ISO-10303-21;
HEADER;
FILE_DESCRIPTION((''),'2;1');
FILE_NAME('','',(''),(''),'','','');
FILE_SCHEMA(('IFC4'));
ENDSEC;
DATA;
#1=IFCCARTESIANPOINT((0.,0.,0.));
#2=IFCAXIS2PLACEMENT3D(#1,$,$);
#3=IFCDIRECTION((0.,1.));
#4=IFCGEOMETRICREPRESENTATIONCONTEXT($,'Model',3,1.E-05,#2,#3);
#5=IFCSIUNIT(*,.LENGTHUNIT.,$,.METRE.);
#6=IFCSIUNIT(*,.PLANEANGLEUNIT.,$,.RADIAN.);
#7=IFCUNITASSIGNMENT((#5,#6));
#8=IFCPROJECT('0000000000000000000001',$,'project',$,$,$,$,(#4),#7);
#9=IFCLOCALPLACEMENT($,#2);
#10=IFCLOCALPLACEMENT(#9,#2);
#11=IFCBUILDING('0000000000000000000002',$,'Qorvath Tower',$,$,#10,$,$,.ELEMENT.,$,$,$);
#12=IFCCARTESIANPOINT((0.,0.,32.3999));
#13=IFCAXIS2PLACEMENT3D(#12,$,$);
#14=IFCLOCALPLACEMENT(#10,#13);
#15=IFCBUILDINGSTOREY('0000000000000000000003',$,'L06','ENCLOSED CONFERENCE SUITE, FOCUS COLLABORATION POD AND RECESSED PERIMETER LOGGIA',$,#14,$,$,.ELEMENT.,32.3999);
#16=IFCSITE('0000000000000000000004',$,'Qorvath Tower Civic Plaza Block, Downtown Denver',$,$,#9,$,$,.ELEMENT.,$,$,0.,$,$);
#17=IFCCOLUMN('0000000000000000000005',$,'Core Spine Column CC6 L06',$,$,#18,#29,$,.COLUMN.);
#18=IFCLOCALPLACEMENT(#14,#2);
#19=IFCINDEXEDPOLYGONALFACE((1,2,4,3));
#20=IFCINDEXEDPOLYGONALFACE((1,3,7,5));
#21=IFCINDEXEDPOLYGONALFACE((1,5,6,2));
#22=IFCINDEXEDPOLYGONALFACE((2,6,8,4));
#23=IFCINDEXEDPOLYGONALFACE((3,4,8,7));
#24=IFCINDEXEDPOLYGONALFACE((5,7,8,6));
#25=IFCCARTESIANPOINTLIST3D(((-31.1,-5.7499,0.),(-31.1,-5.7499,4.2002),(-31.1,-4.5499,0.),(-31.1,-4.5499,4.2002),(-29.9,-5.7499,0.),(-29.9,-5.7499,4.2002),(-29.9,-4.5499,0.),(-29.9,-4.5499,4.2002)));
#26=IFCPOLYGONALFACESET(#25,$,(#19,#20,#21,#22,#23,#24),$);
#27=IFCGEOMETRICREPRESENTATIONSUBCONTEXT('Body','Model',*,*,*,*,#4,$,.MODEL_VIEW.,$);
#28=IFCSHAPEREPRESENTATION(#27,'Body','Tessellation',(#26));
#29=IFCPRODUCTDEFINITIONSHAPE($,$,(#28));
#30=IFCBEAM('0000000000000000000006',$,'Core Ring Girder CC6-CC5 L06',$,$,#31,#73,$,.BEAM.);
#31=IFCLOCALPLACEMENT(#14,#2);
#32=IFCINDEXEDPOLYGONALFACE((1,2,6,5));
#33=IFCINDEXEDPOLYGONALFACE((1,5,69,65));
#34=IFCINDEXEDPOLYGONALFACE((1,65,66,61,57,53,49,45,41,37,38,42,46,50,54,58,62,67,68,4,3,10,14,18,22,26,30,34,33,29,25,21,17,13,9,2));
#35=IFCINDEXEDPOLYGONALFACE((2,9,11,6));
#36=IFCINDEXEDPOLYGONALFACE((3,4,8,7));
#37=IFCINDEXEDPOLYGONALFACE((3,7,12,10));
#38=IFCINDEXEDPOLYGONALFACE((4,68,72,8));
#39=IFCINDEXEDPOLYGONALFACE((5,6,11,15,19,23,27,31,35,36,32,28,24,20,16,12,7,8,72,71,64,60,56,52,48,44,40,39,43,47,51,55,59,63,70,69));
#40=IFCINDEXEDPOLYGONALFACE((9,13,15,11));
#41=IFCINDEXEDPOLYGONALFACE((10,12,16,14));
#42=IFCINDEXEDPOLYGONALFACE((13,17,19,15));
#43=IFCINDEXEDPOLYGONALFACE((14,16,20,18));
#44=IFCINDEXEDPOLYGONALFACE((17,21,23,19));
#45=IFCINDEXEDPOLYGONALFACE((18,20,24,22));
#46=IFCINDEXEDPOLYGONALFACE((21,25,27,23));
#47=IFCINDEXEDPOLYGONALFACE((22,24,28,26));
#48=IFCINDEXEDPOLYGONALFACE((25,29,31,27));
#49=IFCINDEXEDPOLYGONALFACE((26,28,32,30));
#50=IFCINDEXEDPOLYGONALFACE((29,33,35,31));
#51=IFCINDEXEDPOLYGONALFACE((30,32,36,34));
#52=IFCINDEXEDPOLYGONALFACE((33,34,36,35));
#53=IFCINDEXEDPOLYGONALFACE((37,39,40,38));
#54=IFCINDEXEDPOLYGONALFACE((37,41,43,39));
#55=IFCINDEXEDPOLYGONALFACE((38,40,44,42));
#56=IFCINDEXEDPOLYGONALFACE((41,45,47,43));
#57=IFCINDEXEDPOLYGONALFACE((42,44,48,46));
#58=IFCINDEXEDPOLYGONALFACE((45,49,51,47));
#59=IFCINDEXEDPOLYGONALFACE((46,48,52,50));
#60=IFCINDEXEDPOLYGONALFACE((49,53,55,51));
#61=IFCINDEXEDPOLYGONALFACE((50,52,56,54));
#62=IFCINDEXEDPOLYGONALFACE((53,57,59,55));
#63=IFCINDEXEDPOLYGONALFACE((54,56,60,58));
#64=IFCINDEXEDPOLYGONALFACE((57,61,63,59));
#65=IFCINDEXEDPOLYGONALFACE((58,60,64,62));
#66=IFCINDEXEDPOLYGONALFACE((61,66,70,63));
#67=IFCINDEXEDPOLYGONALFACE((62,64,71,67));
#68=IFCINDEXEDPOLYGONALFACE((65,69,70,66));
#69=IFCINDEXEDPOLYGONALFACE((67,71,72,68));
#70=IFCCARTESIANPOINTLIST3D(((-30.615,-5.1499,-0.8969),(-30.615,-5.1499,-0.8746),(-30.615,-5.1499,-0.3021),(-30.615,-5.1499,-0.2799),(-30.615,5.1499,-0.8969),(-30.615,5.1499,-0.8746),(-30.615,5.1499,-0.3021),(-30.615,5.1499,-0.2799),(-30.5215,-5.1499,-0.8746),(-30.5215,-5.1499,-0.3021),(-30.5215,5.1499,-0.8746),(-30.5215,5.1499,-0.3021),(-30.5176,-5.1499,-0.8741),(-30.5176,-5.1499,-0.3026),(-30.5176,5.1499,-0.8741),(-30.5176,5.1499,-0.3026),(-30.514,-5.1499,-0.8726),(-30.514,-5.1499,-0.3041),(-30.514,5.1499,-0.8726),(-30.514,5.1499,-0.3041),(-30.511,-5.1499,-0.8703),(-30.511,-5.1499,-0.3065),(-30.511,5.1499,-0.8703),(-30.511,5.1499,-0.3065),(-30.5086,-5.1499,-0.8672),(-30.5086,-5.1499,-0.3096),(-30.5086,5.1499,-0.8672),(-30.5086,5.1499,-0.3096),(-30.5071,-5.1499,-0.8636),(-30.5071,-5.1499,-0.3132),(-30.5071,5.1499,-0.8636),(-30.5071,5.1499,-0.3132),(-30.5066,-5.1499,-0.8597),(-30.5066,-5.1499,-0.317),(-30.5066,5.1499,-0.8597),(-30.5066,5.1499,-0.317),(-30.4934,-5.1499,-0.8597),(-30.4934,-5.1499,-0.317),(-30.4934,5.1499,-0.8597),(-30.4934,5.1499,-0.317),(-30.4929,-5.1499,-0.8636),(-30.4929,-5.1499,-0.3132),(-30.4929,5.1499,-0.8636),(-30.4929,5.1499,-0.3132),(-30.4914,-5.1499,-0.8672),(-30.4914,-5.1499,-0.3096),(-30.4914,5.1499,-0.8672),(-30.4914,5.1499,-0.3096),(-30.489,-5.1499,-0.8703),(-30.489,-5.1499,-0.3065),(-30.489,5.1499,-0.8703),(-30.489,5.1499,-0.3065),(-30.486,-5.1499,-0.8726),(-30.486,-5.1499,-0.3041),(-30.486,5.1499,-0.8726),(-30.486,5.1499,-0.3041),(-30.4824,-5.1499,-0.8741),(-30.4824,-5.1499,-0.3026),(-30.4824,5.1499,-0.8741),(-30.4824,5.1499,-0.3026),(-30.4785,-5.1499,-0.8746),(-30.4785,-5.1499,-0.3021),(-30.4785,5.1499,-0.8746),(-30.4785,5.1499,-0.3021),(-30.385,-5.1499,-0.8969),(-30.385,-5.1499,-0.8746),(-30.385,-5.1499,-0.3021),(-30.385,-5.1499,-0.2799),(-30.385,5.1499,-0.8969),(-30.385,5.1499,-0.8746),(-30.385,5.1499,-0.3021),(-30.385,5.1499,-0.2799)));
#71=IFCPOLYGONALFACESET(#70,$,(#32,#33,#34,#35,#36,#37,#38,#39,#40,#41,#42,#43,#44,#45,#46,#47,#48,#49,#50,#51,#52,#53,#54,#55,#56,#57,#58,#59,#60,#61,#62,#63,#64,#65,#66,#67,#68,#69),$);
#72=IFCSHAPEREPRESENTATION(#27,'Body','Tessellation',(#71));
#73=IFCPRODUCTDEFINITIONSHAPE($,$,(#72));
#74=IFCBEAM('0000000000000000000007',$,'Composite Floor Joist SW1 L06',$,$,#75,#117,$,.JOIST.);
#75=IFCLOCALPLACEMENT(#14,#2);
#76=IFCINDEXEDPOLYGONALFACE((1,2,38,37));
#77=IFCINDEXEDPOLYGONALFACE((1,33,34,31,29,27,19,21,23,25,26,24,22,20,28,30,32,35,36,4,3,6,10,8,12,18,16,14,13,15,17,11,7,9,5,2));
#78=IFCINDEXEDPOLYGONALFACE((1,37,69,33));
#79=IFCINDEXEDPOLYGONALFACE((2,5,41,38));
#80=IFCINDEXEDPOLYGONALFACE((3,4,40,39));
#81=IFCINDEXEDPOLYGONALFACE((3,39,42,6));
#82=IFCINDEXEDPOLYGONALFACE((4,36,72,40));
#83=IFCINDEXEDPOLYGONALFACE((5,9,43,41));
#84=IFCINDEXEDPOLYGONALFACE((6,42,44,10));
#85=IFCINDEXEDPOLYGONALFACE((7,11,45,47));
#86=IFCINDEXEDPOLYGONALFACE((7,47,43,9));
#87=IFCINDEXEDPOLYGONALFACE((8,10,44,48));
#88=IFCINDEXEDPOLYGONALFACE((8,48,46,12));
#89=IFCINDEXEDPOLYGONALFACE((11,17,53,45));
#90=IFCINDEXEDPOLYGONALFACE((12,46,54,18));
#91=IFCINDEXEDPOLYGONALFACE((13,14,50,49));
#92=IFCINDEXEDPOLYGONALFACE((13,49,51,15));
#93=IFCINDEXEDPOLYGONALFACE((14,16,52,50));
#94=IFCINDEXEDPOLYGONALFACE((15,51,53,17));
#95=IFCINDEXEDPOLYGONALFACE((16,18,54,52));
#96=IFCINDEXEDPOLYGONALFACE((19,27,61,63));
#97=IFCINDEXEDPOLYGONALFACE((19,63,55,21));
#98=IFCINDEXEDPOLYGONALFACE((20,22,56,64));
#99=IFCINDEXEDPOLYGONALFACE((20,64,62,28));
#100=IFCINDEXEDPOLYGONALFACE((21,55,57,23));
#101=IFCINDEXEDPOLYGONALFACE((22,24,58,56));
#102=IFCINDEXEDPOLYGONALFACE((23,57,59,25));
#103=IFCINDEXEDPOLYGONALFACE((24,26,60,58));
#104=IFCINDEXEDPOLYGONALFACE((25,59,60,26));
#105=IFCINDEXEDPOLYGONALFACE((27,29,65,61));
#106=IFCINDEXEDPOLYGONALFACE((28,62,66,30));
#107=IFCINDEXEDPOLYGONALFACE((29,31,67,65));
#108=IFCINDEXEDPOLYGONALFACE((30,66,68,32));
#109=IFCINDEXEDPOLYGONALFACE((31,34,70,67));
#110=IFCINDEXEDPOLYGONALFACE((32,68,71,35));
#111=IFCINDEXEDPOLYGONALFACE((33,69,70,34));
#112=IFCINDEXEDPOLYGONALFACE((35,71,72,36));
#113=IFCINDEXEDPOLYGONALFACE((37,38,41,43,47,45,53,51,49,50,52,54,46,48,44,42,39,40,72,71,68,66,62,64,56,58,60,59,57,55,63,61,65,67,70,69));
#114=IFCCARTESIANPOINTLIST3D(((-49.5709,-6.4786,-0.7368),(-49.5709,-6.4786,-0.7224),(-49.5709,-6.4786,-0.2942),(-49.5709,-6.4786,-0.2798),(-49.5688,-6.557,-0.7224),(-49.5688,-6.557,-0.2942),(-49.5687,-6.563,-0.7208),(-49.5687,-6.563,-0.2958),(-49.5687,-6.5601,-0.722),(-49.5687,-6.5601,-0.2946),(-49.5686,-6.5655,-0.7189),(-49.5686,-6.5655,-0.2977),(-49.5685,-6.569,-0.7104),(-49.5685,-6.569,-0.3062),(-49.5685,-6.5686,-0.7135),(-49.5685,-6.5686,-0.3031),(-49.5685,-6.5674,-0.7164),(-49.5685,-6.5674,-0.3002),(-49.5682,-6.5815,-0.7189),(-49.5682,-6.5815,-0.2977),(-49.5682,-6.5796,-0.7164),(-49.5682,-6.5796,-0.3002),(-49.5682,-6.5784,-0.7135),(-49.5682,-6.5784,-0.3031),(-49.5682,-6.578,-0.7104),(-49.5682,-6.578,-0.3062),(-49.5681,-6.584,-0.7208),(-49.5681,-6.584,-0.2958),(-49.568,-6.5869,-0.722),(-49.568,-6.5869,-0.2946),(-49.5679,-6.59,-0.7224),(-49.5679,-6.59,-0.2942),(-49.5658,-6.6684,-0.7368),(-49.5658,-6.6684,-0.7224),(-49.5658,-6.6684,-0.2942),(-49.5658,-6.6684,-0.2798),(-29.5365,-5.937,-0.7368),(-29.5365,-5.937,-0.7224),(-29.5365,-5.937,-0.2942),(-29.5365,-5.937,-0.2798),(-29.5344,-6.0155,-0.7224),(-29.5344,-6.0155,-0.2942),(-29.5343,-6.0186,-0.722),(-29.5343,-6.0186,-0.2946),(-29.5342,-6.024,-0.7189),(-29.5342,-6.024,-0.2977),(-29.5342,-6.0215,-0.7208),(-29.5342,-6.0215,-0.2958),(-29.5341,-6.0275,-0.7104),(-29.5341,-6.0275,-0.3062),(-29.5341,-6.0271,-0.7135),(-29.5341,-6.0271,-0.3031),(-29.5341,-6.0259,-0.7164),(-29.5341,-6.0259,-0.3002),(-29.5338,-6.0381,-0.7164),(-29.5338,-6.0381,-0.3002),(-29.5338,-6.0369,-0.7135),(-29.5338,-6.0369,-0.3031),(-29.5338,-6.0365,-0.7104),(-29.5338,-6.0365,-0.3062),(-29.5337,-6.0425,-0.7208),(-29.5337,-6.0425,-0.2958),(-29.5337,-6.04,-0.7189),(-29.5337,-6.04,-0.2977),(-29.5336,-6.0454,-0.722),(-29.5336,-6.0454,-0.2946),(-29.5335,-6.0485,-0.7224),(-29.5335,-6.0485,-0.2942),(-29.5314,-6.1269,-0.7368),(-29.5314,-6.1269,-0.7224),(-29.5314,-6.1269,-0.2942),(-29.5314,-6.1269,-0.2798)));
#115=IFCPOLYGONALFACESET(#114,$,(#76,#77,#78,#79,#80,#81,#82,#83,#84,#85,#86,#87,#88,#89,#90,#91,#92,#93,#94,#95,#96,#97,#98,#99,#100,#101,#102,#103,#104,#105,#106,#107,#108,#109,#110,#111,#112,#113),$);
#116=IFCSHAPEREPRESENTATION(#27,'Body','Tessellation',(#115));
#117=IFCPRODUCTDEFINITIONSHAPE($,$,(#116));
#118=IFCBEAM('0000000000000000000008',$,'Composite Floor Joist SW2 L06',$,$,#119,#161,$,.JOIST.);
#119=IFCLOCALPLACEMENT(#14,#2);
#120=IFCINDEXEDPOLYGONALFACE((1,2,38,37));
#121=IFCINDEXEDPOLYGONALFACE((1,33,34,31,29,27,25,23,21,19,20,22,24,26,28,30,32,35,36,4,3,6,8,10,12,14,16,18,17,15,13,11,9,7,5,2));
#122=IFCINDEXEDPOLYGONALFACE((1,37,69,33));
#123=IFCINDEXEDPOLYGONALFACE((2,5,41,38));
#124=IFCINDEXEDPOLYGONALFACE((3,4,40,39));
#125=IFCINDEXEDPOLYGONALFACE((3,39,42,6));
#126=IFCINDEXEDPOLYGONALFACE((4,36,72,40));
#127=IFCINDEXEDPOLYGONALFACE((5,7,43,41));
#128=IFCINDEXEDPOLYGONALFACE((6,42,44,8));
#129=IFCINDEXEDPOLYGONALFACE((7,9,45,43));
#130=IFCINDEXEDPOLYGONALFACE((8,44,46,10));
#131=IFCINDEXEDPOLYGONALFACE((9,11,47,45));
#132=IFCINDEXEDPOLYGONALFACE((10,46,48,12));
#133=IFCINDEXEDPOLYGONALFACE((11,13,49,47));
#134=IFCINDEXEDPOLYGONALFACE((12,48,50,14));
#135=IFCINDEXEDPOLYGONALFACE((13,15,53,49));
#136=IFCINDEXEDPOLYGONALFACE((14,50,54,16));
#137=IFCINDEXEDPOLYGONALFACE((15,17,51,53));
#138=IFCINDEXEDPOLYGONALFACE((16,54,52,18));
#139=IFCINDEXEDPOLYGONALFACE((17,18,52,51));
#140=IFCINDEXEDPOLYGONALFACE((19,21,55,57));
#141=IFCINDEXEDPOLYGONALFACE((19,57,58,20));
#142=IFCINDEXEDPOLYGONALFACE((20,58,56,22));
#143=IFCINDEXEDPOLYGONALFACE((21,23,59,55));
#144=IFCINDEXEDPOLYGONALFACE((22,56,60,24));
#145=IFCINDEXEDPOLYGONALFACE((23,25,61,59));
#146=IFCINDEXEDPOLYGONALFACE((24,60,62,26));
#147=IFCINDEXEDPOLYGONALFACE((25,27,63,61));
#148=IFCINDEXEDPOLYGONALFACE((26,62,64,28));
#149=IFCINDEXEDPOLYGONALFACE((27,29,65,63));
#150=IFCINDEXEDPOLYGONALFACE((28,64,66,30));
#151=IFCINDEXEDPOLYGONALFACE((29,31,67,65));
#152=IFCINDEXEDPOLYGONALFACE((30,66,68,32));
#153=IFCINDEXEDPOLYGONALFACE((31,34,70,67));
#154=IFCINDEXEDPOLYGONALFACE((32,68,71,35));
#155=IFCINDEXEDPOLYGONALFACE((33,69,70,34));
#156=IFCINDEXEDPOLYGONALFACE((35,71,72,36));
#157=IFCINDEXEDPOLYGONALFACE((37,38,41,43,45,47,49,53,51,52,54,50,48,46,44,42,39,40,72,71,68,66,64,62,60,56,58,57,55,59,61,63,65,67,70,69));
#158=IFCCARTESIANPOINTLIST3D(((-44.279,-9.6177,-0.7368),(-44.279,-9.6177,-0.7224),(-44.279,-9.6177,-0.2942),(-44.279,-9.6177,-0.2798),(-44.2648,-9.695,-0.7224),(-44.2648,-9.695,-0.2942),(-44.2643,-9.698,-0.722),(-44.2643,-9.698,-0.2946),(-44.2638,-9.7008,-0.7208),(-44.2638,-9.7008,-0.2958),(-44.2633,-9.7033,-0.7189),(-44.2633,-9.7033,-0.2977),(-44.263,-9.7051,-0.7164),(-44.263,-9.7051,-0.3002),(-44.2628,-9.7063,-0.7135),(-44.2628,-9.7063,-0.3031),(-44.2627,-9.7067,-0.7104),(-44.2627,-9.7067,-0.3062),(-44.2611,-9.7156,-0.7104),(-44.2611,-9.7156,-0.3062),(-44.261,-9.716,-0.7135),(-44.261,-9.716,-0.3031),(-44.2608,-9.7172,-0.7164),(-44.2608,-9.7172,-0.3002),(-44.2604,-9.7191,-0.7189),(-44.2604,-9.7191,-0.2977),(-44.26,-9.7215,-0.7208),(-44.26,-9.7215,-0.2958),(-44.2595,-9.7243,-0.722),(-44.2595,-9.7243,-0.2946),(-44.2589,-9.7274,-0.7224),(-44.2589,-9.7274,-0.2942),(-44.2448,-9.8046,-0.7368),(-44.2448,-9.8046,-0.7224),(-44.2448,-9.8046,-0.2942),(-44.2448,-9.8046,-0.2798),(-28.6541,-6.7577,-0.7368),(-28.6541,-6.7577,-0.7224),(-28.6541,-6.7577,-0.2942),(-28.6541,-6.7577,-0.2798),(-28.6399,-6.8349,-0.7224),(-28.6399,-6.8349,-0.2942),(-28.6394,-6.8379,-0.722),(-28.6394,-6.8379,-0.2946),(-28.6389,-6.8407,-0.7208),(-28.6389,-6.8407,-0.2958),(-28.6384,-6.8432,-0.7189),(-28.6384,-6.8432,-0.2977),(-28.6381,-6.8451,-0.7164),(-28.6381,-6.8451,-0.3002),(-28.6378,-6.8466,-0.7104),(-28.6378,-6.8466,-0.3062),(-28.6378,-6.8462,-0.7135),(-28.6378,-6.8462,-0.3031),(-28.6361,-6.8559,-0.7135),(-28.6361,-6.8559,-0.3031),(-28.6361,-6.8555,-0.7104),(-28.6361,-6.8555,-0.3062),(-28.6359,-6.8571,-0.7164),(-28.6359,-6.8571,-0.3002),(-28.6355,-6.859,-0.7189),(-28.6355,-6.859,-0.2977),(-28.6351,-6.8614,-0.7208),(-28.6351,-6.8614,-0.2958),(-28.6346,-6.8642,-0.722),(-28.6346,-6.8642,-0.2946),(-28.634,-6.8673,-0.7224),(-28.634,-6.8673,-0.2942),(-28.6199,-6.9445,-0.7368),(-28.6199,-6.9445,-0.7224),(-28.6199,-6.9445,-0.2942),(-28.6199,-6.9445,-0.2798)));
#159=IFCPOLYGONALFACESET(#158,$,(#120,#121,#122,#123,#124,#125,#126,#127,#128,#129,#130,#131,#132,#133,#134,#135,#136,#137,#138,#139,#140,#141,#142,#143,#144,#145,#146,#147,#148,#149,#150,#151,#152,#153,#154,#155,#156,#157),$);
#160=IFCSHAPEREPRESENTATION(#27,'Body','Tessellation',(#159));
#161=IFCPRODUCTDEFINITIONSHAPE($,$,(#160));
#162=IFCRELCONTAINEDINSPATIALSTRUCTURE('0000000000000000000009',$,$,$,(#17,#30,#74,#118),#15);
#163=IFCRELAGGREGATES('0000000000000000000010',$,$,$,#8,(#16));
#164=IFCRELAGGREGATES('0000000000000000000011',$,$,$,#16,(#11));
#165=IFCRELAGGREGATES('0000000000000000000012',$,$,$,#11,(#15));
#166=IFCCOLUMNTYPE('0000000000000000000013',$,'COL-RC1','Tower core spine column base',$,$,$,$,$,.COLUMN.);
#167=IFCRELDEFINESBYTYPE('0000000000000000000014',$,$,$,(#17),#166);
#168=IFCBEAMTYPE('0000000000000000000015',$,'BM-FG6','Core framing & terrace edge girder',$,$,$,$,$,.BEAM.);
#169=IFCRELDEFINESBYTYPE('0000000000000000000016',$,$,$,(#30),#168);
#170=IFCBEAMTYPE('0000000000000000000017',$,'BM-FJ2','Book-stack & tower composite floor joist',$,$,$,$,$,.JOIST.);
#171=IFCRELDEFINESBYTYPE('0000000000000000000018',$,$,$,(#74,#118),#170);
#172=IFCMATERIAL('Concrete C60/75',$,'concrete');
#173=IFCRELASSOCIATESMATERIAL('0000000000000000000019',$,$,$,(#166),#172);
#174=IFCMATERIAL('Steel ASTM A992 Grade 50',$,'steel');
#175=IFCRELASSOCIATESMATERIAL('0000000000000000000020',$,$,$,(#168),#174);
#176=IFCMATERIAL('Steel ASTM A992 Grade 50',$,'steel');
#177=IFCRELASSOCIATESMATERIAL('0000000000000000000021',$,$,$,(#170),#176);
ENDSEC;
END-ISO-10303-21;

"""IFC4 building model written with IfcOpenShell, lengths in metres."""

from ifc_helpers import new_model, si_unit, direction, frame, origin, origin_2d, place, context, subcontext, project, spatial, rectangle, i_section, extrude, material, material_profile, profile_set, type_object, element, save


model = new_model("IFC4")

# Units and contexts
model_context = context("Model", 3, precision=1e-05, world=origin(), true_north=direction((0.0, 1.0)))
body_context = subcontext(model_context, "Body", "Model", "MODEL_VIEW")
ifc_project = project(units=[si_unit("LENGTHUNIT", "METRE"), si_unit("PLANEANGLEUNIT", "RADIAN")], contexts=[model_context])

# Site, building, storey
site_placement = place(None, origin())
site = spatial("IfcSite", under=ifc_project, at=site_placement, Name="Qorvath Tower Civic Plaza Block, Downtown Denver", CompositionType="ELEMENT", RefElevation=0.0)
building_placement = place(site_placement, origin())
building = spatial("IfcBuilding", under=site, at=building_placement, Name="Qorvath Tower", CompositionType="ELEMENT")
storey_placement = place(building_placement, frame((0.0, 0.0, 32.3999)))
storey = spatial("IfcBuildingStorey", under=building, at=storey_placement, Name="L06", Description="ENCLOSED CONFERENCE SUITE, FOCUS COLLABORATION POD AND RECESSED PERIMETER LOGGIA", CompositionType="ELEMENT", Elevation=32.3999)

# Column
ifc_material_1 = material(Name="Concrete C60/75", Category="concrete")
ifc_material_profile_1 = material_profile(ifc_material_1, rectangle(XDim=1.2, YDim=1.2, at=origin_2d()), Name="RC 1200x1200")
ifc_profile_set_1 = profile_set([ifc_material_profile_1], Name="Concrete C60/75")
column_type = type_object("IfcColumnType", Name="COL-RC1", Description="Tower core spine column base", PredefinedType="COLUMN", material=ifc_profile_set_1)
column_placement = place(storey_placement, frame((-30.5, -5.1499, 0.0), z_axis=(0.0, 0.0, 1.0), x_axis=(1.0, 0.0, 0.0)))
element("IfcColumn", 1, at=column_placement, inside=storey, type_object=column_type, Name="Core Spine Column CC6 L06", PredefinedType="COLUMN", context=body_context, shape_type="SweptSolid", body=[
    extrude(rectangle(XDim=1.2, YDim=1.2, at=origin_2d()), origin(), (0.0, 0.0, 1.0), 4.2002),
])

# Beams
ifc_material_2 = material(Name="Steel ASTM A992 Grade 50", Category="steel")
ifc_material_profile_2 = material_profile(ifc_material_2, i_section(OverallWidth=0.23, OverallDepth=0.6169, WebThickness=0.0132, FlangeThickness=0.0222, FilletRadius=0.0149, at=origin_2d()), Name="W24x94")
ifc_profile_set_2 = profile_set([ifc_material_profile_2], Name="Steel ASTM A992 Grade 50")
beam_type_1 = type_object("IfcBeamType", Name="BM-FG6", Description="Core framing & terrace edge girder", PredefinedType="BEAM", material=ifc_profile_set_2)
beam_1_placement = place(storey_placement, frame((-30.5, -5.1499, -0.5884), z_axis=(0.0, 1.0, 0.0), x_axis=(-1.0, 0.0, 0.0)))
element("IfcBeam", 2, at=beam_1_placement, inside=storey, type_object=beam_type_1, Name="Core Ring Girder CC6-CC5 L06", PredefinedType="BEAM", context=body_context, shape_type="SweptSolid", body=[
    extrude(i_section(OverallWidth=0.23, OverallDepth=0.6169, WebThickness=0.0132, FlangeThickness=0.0222, FilletRadius=0.0149, at=origin_2d()), origin(), (0.0, 0.0, 1.0), 10.2998),
])
ifc_material_3 = material(Name="Steel ASTM A992 Grade 50", Category="steel")
ifc_material_profile_3 = material_profile(ifc_material_3, i_section(OverallWidth=0.1899, OverallDepth=0.457, WebThickness=0.009, FlangeThickness=0.0144, FilletRadius=0.012, at=origin_2d()), Name="W18x50")
ifc_profile_set_3 = profile_set([ifc_material_profile_3], Name="Steel ASTM A992 Grade 50")
beam_type_2 = type_object("IfcBeamType", Name="BM-FJ2", Description="Book-stack & tower composite floor joist", PredefinedType="JOIST", material=ifc_profile_set_3)
beam_2_placement = place(storey_placement, frame((-29.5339, -6.032, -0.5083), z_axis=(-0.999635, -0.027019, 0.0), x_axis=(0.027019, -0.999635, 0.0)))
element("IfcBeam", 3, at=beam_2_placement, inside=storey, type_object=beam_type_2, Name="Composite Floor Joist SW1 L06", PredefinedType="JOIST", context=body_context, shape_type="SweptSolid", body=[
    extrude(i_section(OverallWidth=0.1899, OverallDepth=0.457, WebThickness=0.009, FlangeThickness=0.0144, FilletRadius=0.012, at=origin_2d()), origin(), (0.0, 0.0, 1.0), 20.0417),
])
beam_3_placement = place(storey_placement, frame((-28.637, -6.8511, -0.5083), z_axis=(-0.983656, -0.180055, 0.0), x_axis=(0.180055, -0.983656, 0.0)))
element("IfcBeam", 4, at=beam_3_placement, inside=storey, type_object=beam_type_2, Name="Composite Floor Joist SW2 L06", PredefinedType="JOIST", context=body_context, shape_type="SweptSolid", body=[
    extrude(i_section(OverallWidth=0.1899, OverallDepth=0.457, WebThickness=0.009, FlangeThickness=0.0144, FilletRadius=0.012, at=origin_2d()), origin(), (0.0, 0.0, 1.0), 15.8845),
])

save(model, "model.ifc")
